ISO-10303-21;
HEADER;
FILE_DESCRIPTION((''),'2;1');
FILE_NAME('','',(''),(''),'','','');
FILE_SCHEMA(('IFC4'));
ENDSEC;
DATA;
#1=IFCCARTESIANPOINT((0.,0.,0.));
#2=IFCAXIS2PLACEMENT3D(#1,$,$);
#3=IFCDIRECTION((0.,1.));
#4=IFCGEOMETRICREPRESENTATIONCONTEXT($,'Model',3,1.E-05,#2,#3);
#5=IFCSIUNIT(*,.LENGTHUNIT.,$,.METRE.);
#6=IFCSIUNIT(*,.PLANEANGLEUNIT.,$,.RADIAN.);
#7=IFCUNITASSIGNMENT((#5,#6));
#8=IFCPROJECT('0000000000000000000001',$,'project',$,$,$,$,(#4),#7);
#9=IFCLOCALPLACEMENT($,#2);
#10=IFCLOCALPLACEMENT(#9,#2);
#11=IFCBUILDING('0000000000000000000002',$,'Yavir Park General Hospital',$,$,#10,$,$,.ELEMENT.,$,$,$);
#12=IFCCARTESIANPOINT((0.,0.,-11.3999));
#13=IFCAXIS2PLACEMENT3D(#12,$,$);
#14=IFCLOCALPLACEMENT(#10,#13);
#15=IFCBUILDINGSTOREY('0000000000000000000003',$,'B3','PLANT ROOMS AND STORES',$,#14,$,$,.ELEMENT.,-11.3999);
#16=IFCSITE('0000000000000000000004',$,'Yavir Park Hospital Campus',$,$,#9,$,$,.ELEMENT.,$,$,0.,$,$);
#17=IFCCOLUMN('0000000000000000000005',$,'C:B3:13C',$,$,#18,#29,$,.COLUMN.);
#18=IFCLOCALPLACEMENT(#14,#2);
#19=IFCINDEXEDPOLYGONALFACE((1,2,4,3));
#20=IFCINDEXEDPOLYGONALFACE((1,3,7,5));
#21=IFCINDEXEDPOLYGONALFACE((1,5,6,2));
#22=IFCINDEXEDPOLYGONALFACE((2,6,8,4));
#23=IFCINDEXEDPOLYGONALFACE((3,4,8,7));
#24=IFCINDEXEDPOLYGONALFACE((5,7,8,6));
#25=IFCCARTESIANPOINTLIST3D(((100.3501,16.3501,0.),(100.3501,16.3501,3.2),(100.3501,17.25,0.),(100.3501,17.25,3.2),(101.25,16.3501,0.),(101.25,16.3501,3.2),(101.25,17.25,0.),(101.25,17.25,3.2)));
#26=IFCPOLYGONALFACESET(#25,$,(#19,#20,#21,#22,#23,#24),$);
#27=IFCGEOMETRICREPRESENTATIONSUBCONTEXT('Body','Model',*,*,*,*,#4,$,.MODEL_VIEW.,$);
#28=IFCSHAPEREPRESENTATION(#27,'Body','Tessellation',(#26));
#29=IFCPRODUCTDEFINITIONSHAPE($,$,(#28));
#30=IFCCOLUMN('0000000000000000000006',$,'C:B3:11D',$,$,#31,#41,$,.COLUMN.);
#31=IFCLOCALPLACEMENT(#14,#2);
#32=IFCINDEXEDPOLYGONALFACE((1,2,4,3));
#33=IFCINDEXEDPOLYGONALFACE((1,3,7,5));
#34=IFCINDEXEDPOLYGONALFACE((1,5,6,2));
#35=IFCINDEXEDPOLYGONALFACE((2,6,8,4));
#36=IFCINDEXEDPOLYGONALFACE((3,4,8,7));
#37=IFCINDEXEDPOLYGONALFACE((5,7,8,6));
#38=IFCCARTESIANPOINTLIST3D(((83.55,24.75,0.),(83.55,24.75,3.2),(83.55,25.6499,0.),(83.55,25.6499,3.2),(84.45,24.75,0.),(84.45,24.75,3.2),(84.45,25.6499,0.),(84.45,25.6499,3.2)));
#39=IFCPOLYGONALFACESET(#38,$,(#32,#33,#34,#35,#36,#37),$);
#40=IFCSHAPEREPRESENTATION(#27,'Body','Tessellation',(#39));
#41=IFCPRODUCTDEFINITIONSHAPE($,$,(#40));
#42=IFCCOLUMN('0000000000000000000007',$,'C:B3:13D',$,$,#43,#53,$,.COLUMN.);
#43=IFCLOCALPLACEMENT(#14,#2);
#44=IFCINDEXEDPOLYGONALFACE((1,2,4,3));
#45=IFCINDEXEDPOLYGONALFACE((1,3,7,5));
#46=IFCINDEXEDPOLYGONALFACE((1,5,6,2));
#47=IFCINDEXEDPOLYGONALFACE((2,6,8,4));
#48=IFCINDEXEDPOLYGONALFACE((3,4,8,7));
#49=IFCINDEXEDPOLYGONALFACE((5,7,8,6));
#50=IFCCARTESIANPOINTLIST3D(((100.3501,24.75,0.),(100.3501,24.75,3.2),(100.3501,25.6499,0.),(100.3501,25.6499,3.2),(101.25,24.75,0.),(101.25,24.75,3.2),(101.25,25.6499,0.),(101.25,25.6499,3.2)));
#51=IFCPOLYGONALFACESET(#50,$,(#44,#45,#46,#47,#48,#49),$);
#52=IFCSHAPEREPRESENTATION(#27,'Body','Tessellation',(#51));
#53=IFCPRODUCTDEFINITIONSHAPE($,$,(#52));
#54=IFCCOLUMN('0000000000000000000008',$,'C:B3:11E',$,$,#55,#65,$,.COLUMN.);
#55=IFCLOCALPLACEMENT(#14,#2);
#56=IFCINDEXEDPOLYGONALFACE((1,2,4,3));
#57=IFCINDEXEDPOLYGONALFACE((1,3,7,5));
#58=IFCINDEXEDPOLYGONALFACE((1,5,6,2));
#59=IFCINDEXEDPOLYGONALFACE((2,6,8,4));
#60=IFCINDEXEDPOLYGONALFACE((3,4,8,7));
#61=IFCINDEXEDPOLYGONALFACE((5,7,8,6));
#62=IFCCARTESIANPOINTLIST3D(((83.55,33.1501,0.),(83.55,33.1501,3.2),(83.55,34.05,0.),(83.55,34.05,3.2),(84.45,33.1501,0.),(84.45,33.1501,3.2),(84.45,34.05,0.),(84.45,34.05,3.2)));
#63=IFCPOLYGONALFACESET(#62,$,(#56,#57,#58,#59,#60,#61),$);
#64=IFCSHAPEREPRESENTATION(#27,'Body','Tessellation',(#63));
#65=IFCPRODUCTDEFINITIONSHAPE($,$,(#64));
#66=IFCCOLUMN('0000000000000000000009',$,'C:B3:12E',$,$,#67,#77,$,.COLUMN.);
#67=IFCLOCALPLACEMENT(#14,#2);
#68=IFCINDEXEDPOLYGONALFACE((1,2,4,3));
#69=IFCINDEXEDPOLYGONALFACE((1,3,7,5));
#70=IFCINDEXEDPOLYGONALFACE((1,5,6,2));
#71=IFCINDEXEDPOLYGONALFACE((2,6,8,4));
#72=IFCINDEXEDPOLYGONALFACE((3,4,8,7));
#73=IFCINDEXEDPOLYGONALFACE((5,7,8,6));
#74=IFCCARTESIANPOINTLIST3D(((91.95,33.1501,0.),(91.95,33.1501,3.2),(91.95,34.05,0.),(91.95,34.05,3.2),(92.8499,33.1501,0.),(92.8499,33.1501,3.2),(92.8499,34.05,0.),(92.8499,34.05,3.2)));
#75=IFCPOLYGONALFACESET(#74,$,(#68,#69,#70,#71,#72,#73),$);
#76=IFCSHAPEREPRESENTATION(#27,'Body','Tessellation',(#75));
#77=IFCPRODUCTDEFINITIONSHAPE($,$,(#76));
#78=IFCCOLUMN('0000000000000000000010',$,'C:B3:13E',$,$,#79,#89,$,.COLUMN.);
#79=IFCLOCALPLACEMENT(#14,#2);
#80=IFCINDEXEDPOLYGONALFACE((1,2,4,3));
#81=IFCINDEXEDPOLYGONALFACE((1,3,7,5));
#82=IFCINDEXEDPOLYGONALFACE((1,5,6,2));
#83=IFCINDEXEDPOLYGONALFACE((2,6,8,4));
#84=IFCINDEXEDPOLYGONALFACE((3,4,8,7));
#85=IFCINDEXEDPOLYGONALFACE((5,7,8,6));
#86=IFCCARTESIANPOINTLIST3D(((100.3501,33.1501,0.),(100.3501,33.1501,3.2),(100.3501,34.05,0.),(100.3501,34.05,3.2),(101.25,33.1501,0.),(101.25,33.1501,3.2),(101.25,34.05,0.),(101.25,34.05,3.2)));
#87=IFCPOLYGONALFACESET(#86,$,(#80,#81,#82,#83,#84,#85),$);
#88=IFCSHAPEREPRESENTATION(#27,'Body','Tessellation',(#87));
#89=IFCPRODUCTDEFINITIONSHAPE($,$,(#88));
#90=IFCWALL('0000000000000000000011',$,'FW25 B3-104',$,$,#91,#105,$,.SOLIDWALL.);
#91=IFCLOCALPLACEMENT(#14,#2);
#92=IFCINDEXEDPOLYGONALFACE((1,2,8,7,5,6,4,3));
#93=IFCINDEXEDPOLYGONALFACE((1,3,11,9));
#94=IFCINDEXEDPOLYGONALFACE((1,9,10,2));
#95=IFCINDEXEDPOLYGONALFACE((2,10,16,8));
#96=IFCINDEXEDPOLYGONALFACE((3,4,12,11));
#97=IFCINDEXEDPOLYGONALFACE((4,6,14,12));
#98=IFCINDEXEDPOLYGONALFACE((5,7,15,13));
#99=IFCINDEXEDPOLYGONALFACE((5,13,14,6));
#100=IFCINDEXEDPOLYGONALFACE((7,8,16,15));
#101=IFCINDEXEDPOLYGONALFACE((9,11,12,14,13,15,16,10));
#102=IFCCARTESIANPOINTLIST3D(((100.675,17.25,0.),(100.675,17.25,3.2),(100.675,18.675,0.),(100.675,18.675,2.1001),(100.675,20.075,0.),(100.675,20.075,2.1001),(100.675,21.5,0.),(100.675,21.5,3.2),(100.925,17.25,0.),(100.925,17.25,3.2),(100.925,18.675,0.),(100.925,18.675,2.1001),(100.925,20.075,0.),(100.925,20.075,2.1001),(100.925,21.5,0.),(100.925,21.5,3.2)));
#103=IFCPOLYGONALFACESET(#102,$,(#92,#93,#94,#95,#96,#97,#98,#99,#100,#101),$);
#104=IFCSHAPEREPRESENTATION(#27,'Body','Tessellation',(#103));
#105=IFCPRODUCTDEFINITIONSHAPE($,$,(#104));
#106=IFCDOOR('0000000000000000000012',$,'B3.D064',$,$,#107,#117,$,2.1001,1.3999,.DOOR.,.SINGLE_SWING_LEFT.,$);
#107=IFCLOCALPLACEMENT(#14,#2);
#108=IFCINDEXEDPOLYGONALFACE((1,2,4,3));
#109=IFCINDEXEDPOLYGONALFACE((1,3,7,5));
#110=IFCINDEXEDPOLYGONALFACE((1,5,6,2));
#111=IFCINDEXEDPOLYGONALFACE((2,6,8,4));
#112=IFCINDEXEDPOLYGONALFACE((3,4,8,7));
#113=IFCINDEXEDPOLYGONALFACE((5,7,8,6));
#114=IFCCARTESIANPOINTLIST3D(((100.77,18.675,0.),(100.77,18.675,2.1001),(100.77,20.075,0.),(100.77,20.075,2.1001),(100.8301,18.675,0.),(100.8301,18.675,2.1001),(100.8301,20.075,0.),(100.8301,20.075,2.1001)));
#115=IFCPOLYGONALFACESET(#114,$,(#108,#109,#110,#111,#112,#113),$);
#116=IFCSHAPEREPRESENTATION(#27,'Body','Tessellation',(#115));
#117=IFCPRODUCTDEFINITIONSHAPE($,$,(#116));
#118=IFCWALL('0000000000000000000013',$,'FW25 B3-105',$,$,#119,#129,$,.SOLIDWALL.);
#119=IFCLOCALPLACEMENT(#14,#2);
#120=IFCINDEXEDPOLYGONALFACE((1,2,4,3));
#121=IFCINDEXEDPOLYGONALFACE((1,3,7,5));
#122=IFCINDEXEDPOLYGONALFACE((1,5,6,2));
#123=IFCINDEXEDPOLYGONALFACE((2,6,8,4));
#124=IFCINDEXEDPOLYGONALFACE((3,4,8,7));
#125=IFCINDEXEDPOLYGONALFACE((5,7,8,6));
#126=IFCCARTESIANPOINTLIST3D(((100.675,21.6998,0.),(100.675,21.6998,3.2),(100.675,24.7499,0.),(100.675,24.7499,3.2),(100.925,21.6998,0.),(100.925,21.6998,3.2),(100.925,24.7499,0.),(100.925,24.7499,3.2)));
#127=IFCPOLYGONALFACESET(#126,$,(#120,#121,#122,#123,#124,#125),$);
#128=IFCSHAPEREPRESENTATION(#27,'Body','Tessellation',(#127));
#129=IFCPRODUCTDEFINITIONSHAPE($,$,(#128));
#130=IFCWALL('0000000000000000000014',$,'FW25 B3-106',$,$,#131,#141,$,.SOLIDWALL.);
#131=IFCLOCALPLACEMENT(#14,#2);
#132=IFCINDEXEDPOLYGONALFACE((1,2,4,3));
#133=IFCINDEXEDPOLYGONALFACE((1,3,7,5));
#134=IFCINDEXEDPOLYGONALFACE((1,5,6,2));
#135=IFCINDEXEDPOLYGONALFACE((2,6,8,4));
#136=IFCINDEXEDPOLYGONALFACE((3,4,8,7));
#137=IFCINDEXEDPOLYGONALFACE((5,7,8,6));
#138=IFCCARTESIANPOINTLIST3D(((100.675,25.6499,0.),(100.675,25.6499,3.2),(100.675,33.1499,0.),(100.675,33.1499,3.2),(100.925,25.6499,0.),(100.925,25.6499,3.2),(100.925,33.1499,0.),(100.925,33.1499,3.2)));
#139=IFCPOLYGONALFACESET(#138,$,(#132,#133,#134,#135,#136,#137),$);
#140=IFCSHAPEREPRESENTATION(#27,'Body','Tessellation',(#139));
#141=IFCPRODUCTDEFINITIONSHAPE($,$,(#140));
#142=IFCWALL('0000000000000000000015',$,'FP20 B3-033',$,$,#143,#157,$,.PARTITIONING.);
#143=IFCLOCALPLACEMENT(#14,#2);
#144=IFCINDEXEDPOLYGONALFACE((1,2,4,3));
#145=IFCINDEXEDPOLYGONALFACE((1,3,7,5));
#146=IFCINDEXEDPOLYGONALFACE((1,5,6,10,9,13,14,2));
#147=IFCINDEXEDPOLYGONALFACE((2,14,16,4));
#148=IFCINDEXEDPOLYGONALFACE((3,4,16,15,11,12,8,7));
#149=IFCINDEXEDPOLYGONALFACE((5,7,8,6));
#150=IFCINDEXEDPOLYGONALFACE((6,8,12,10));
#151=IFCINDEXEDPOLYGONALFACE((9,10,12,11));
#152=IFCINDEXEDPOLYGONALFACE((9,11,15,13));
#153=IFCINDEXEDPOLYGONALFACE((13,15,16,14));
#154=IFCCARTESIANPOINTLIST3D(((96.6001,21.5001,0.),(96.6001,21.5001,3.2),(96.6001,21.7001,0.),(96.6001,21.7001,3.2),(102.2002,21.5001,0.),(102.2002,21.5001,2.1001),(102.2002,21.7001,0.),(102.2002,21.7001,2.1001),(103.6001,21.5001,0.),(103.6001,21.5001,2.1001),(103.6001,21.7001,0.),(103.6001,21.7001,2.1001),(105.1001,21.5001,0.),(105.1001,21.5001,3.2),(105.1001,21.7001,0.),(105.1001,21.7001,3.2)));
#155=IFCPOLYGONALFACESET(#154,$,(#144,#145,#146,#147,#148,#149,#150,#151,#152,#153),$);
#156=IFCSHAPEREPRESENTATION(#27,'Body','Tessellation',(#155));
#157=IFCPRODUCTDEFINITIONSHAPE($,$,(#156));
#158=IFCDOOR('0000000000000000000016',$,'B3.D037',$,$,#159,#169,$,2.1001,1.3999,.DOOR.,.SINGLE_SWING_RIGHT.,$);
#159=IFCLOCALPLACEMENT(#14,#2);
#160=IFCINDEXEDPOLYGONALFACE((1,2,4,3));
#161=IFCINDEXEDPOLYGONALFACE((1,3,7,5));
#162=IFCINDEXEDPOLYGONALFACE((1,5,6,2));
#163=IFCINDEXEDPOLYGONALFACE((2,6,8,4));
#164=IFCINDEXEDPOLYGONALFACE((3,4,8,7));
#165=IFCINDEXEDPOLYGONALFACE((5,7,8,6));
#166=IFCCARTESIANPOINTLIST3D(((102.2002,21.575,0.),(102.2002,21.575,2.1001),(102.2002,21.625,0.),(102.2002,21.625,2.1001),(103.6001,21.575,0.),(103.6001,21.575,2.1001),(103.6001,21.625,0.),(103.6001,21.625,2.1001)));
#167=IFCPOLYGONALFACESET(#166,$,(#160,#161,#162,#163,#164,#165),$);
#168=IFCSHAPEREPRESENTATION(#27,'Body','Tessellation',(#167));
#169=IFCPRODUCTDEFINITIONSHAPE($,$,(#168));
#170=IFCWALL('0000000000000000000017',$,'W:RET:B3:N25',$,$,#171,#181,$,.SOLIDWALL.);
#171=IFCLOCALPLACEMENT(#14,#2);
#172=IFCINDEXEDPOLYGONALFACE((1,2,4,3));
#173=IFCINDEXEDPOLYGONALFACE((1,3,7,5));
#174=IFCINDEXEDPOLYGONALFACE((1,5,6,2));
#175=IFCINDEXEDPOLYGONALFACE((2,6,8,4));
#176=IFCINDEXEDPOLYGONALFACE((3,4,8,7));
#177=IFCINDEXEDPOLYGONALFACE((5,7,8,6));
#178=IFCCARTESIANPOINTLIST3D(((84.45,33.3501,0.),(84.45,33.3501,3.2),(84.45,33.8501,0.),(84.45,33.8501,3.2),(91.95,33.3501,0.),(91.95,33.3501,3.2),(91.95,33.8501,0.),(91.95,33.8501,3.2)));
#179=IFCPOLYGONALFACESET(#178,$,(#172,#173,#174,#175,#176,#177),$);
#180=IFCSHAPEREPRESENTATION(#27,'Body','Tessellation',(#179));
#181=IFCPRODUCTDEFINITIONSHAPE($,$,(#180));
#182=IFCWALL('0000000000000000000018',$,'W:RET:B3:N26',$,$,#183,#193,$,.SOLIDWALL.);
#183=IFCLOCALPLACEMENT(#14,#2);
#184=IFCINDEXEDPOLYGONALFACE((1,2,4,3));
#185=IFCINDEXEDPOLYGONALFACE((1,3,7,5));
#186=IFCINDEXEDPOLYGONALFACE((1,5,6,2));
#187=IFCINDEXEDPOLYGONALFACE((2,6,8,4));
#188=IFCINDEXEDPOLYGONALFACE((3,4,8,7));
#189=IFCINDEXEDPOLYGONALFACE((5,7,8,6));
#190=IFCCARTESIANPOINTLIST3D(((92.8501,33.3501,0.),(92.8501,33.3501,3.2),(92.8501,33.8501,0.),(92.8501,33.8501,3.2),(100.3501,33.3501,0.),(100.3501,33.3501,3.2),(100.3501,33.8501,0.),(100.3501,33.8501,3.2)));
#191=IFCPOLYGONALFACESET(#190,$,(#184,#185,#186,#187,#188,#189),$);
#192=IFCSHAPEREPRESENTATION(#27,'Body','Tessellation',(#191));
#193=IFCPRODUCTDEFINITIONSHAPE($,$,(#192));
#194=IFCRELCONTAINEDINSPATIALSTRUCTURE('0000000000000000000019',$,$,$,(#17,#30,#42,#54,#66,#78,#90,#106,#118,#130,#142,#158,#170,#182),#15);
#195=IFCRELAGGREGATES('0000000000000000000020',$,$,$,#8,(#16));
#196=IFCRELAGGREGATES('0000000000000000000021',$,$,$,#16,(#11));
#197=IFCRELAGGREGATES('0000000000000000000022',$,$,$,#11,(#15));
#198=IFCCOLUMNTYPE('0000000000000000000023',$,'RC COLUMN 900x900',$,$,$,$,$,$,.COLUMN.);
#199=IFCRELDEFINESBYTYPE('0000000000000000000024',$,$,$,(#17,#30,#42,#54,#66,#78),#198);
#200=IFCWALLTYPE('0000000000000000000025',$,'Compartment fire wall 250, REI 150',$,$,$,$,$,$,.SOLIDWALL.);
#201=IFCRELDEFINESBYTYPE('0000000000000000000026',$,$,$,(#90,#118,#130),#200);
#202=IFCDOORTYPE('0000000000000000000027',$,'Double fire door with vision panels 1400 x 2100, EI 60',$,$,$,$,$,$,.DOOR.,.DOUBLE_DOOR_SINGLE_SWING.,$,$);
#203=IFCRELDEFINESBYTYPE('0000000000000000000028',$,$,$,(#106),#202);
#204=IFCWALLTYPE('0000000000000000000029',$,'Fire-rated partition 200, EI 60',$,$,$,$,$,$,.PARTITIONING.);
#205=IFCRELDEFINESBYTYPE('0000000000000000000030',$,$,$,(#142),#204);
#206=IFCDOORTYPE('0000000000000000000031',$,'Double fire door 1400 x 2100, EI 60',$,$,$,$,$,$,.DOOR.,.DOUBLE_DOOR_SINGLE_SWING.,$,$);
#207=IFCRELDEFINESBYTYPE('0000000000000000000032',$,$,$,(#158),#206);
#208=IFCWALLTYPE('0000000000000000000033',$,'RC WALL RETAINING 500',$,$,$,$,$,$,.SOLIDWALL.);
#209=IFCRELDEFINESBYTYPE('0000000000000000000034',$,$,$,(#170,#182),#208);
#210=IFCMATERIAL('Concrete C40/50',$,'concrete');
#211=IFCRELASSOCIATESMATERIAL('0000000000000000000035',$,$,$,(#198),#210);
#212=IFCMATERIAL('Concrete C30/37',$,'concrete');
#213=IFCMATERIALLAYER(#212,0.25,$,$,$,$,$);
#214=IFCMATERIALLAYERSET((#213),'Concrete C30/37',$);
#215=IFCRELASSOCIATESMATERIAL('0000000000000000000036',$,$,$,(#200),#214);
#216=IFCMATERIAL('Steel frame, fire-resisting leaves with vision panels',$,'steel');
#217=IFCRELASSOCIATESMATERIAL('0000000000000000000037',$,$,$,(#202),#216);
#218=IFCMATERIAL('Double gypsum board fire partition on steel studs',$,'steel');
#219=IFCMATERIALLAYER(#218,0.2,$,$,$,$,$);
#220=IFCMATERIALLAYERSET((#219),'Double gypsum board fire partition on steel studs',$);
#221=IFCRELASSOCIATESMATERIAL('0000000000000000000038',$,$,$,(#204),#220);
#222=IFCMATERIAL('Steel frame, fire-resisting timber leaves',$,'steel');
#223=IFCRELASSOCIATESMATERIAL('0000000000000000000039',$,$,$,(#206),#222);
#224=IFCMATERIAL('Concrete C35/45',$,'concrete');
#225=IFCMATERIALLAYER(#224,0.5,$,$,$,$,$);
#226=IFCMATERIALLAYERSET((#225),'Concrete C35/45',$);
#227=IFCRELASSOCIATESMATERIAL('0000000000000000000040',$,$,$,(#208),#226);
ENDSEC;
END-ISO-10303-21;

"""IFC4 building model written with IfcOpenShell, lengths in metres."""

from ifc_helpers import new_model, si_unit, direction, frame, frame_2d, origin, origin_2d, place, context, subcontext, project, spatial, rectangle, extrude, material, layer, layer_set, material_profile, profile_set, type_object, element, fill, save


model = new_model("IFC4")

# Units and contexts
model_context = context("Model", 3, precision=1e-05, world=origin(), true_north=direction((0.0, 1.0)))
body_context = subcontext(model_context, "Body", "Model", "MODEL_VIEW")
ifc_project = project(units=[si_unit("LENGTHUNIT", "METRE"), si_unit("PLANEANGLEUNIT", "RADIAN")], contexts=[model_context])

# Site, building, storey
site_placement = place(None, origin())
site = spatial("IfcSite", under=ifc_project, at=site_placement, Name="Yavir Park Hospital Campus", CompositionType="ELEMENT", RefElevation=0.0)
building_placement = place(site_placement, origin())
building = spatial("IfcBuilding", under=site, at=building_placement, Name="Yavir Park General Hospital", CompositionType="ELEMENT")
storey_placement = place(building_placement, frame((0.0, 0.0, -11.3999)))
storey = spatial("IfcBuildingStorey", under=building, at=storey_placement, Name="B3", Description="PLANT ROOMS AND STORES", CompositionType="ELEMENT", Elevation=-11.3999)

# Columns
ifc_material_1 = material(Name="Concrete C40/50", Category="concrete")
ifc_material_profile = material_profile(ifc_material_1, rectangle(XDim=0.8999, YDim=0.8999, at=origin_2d()), Name="RC900x900")
ifc_profile_set = profile_set([ifc_material_profile], Name="Concrete C40/50")
column_type = type_object("IfcColumnType", Name="RC COLUMN 900x900", PredefinedType="COLUMN", material=ifc_profile_set)
for number, where, z_axis, x_axis, name in (
    (1, (100.8, 16.8, 0.0), (0.0, 0.0, 1.0), (1.0, 0.0, 0.0), "C:B3:13C"),
    (2, (84.0, 25.2, 0.0), (0.0, 0.0, 1.0), (1.0, 0.0, 0.0), "C:B3:11D"),
    (3, (100.8, 25.2, 0.0), (0.0, 0.0, 1.0), (1.0, 0.0, 0.0), "C:B3:13D"),
    (4, (84.0, 33.6001, 0.0), (0.0, 0.0, 1.0), (1.0, 0.0, 0.0), "C:B3:11E"),
    (5, (92.3999, 33.6001, 0.0), (0.0, 0.0, 1.0), (1.0, 0.0, 0.0), "C:B3:12E"),
    (6, (100.8, 33.6001, 0.0), (0.0, 0.0, 1.0), (1.0, 0.0, 0.0), "C:B3:13E"),
):
    element("IfcColumn", number, at=place(storey_placement, frame(where, z_axis=z_axis, x_axis=x_axis)), inside=storey, type_object=column_type, Name=name, PredefinedType="COLUMN", context=body_context, shape_type="SweptSolid", body=[
        extrude(rectangle(XDim=0.8999, YDim=0.8999, at=origin_2d()), origin(), (0.0, 0.0, 1.0), 3.2),
    ])

# Wall, opening, door
ifc_material_2 = material(Name="Concrete C30/37", Category="concrete")
ifc_layer_1 = layer(ifc_material_2, 0.25)
ifc_layer_set_1 = layer_set([ifc_layer_1], Name="Concrete C30/37")
wall_type_1 = type_object("IfcWallType", Name="Compartment fire wall 250, REI 150", PredefinedType="SOLIDWALL", material=ifc_layer_set_1)
wall_1_placement = place(storey_placement, frame((100.8, 17.25, 0.0), z_axis=(0.0, 0.0, 1.0), x_axis=(0.0, 1.0, 0.0)))
wall_1 = element("IfcWall", 7, at=wall_1_placement, inside=storey, type_object=wall_type_1, Name="FW25 B3-104", PredefinedType="SOLIDWALL", context=body_context, shape_type="SweptSolid", body=[
    extrude(rectangle(XDim=4.25, YDim=0.25, at=frame_2d((2.125, 0.0))), origin(), (0.0, 0.0, 1.0), 3.2),
])
opening_1_placement = place(wall_1_placement, frame((1.425, 0.0, 0.0)))
opening_1 = element("IfcOpeningElement", 8, at=opening_1_placement, cuts=wall_1, PredefinedType="OPENING", context=body_context, shape_type="SweptSolid", body=[
    extrude(rectangle(XDim=1.3999, YDim=2.1001, at=frame_2d((0.7, 1.05))), frame((0.0, 0.135, 0.0), z_axis=(0.0, -1.0, 0.0), x_axis=(1.0, 0.0, 0.0)), (0.0, 0.0, 1.0), 0.27),
])
ifc_material_3 = material(Name="Steel frame, fire-resisting leaves with vision panels", Category="steel")
door_type_1 = type_object("IfcDoorType", Name="Double fire door with vision panels 1400 x 2100, EI 60", OperationType="DOUBLE_DOOR_SINGLE_SWING", PredefinedType="DOOR", material=ifc_material_3)
door_1_placement = place(opening_1_placement, origin())
door_1 = element("IfcDoor", 9, at=door_1_placement, inside=storey, type_object=door_type_1, Name="B3.D064", OperationType="SINGLE_SWING_LEFT", OverallHeight=2.1001, OverallWidth=1.3999, PredefinedType="DOOR", context=body_context, shape_type="SweptSolid", body=[
    extrude(rectangle(XDim=1.3999, YDim=2.1001, at=frame_2d((0.7, 1.05))), frame((0.0, 0.03, 0.0), z_axis=(0.0, -1.0, 0.0), x_axis=(1.0, 0.0, 0.0)), (0.0, 0.0, 1.0), 0.0601),
])
fill(opening_1, door_1)

# Walls
wall_2_placement = place(storey_placement, frame((100.8, 21.7, 0.0), z_axis=(0.0, 0.0, 1.0), x_axis=(0.0, 1.0, 0.0)))
element("IfcWall", 10, at=wall_2_placement, inside=storey, type_object=wall_type_1, Name="FW25 B3-105", PredefinedType="SOLIDWALL", context=body_context, shape_type="SweptSolid", body=[
    extrude(rectangle(XDim=3.05, YDim=0.25, at=frame_2d((1.5249, 0.0))), origin(), (0.0, 0.0, 1.0), 3.2),
])
wall_3_placement = place(storey_placement, frame((100.8, 25.6499, 0.0), z_axis=(0.0, 0.0, 1.0), x_axis=(0.0, 1.0, 0.0)))
element("IfcWall", 11, at=wall_3_placement, inside=storey, type_object=wall_type_1, Name="FW25 B3-106", PredefinedType="SOLIDWALL", context=body_context, shape_type="SweptSolid", body=[
    extrude(rectangle(XDim=7.5, YDim=0.25, at=frame_2d((3.75, 0.0))), origin(), (0.0, 0.0, 1.0), 3.2),
])

# Wall, opening, door
ifc_material_4 = material(Name="Double gypsum board fire partition on steel studs", Category="steel")
ifc_layer_2 = layer(ifc_material_4, 0.2)
ifc_layer_set_2 = layer_set([ifc_layer_2], Name="Double gypsum board fire partition on steel studs")
wall_type_2 = type_object("IfcWallType", Name="Fire-rated partition 200, EI 60", PredefinedType="PARTITIONING", material=ifc_layer_set_2)
wall_4_placement = place(storey_placement, frame((96.6001, 21.6001, 0.0), z_axis=(0.0, 0.0, 1.0), x_axis=(1.0, 0.0, 0.0)))
wall_4 = element("IfcWall", 12, at=wall_4_placement, inside=storey, type_object=wall_type_2, Name="FP20 B3-033", PredefinedType="PARTITIONING", context=body_context, shape_type="SweptSolid", body=[
    extrude(rectangle(XDim=8.5, YDim=0.2, at=frame_2d((4.25, 0.0))), origin(), (0.0, 0.0, 1.0), 3.2),
])
opening_2_placement = place(wall_4_placement, frame((5.6001, 0.0, 0.0)))
opening_2 = element("IfcOpeningElement", 13, at=opening_2_placement, cuts=wall_4, PredefinedType="OPENING", context=body_context, shape_type="SweptSolid", body=[
    extrude(rectangle(XDim=1.3999, YDim=2.1001, at=frame_2d((0.7, 1.05))), frame((0.0, 0.1099, 0.0), z_axis=(0.0, -1.0, 0.0), x_axis=(1.0, 0.0, 0.0)), (0.0, 0.0, 1.0), 0.22),
])
ifc_material_5 = material(Name="Steel frame, fire-resisting timber leaves", Category="steel")
door_type_2 = type_object("IfcDoorType", Name="Double fire door 1400 x 2100, EI 60", OperationType="DOUBLE_DOOR_SINGLE_SWING", PredefinedType="DOOR", material=ifc_material_5)
door_2_placement = place(opening_2_placement, origin())
door_2 = element("IfcDoor", 14, at=door_2_placement, inside=storey, type_object=door_type_2, Name="B3.D037", OperationType="SINGLE_SWING_RIGHT", OverallHeight=2.1001, OverallWidth=1.3999, PredefinedType="DOOR", context=body_context, shape_type="SweptSolid", body=[
    extrude(rectangle(XDim=1.3999, YDim=2.1001, at=frame_2d((0.7, 1.05))), frame((0.0, 0.0249, 0.0), z_axis=(0.0, -1.0, 0.0), x_axis=(1.0, 0.0, 0.0)), (0.0, 0.0, 1.0), 0.05),
])
fill(opening_2, door_2)

# Walls
ifc_material_6 = material(Name="Concrete C35/45", Category="concrete")
ifc_layer_3 = layer(ifc_material_6, 0.5)
ifc_layer_set_3 = layer_set([ifc_layer_3], Name="Concrete C35/45")
wall_type_3 = type_object("IfcWallType", Name="RC WALL RETAINING 500", PredefinedType="SOLIDWALL", material=ifc_layer_set_3)
for number, where, z_axis, x_axis, name in (
    (15, (84.45, 33.6001, 0.0), (0.0, 0.0, 1.0), (1.0, 0.0, 0.0), "W:RET:B3:N25"),
    (16, (92.8501, 33.6001, 0.0), (0.0, 0.0, 1.0), (1.0, 0.0, 0.0), "W:RET:B3:N26"),
):
    element("IfcWall", number, at=place(storey_placement, frame(where, z_axis=z_axis, x_axis=x_axis)), inside=storey, type_object=wall_type_3, Name=name, PredefinedType="SOLIDWALL", context=body_context, shape_type="SweptSolid", body=[
        extrude(rectangle(XDim=7.5, YDim=0.5, at=frame_2d((3.75, 0.0))), origin(), (0.0, 0.0, 1.0), 3.2),
    ])

save(model, "model.ifc")
